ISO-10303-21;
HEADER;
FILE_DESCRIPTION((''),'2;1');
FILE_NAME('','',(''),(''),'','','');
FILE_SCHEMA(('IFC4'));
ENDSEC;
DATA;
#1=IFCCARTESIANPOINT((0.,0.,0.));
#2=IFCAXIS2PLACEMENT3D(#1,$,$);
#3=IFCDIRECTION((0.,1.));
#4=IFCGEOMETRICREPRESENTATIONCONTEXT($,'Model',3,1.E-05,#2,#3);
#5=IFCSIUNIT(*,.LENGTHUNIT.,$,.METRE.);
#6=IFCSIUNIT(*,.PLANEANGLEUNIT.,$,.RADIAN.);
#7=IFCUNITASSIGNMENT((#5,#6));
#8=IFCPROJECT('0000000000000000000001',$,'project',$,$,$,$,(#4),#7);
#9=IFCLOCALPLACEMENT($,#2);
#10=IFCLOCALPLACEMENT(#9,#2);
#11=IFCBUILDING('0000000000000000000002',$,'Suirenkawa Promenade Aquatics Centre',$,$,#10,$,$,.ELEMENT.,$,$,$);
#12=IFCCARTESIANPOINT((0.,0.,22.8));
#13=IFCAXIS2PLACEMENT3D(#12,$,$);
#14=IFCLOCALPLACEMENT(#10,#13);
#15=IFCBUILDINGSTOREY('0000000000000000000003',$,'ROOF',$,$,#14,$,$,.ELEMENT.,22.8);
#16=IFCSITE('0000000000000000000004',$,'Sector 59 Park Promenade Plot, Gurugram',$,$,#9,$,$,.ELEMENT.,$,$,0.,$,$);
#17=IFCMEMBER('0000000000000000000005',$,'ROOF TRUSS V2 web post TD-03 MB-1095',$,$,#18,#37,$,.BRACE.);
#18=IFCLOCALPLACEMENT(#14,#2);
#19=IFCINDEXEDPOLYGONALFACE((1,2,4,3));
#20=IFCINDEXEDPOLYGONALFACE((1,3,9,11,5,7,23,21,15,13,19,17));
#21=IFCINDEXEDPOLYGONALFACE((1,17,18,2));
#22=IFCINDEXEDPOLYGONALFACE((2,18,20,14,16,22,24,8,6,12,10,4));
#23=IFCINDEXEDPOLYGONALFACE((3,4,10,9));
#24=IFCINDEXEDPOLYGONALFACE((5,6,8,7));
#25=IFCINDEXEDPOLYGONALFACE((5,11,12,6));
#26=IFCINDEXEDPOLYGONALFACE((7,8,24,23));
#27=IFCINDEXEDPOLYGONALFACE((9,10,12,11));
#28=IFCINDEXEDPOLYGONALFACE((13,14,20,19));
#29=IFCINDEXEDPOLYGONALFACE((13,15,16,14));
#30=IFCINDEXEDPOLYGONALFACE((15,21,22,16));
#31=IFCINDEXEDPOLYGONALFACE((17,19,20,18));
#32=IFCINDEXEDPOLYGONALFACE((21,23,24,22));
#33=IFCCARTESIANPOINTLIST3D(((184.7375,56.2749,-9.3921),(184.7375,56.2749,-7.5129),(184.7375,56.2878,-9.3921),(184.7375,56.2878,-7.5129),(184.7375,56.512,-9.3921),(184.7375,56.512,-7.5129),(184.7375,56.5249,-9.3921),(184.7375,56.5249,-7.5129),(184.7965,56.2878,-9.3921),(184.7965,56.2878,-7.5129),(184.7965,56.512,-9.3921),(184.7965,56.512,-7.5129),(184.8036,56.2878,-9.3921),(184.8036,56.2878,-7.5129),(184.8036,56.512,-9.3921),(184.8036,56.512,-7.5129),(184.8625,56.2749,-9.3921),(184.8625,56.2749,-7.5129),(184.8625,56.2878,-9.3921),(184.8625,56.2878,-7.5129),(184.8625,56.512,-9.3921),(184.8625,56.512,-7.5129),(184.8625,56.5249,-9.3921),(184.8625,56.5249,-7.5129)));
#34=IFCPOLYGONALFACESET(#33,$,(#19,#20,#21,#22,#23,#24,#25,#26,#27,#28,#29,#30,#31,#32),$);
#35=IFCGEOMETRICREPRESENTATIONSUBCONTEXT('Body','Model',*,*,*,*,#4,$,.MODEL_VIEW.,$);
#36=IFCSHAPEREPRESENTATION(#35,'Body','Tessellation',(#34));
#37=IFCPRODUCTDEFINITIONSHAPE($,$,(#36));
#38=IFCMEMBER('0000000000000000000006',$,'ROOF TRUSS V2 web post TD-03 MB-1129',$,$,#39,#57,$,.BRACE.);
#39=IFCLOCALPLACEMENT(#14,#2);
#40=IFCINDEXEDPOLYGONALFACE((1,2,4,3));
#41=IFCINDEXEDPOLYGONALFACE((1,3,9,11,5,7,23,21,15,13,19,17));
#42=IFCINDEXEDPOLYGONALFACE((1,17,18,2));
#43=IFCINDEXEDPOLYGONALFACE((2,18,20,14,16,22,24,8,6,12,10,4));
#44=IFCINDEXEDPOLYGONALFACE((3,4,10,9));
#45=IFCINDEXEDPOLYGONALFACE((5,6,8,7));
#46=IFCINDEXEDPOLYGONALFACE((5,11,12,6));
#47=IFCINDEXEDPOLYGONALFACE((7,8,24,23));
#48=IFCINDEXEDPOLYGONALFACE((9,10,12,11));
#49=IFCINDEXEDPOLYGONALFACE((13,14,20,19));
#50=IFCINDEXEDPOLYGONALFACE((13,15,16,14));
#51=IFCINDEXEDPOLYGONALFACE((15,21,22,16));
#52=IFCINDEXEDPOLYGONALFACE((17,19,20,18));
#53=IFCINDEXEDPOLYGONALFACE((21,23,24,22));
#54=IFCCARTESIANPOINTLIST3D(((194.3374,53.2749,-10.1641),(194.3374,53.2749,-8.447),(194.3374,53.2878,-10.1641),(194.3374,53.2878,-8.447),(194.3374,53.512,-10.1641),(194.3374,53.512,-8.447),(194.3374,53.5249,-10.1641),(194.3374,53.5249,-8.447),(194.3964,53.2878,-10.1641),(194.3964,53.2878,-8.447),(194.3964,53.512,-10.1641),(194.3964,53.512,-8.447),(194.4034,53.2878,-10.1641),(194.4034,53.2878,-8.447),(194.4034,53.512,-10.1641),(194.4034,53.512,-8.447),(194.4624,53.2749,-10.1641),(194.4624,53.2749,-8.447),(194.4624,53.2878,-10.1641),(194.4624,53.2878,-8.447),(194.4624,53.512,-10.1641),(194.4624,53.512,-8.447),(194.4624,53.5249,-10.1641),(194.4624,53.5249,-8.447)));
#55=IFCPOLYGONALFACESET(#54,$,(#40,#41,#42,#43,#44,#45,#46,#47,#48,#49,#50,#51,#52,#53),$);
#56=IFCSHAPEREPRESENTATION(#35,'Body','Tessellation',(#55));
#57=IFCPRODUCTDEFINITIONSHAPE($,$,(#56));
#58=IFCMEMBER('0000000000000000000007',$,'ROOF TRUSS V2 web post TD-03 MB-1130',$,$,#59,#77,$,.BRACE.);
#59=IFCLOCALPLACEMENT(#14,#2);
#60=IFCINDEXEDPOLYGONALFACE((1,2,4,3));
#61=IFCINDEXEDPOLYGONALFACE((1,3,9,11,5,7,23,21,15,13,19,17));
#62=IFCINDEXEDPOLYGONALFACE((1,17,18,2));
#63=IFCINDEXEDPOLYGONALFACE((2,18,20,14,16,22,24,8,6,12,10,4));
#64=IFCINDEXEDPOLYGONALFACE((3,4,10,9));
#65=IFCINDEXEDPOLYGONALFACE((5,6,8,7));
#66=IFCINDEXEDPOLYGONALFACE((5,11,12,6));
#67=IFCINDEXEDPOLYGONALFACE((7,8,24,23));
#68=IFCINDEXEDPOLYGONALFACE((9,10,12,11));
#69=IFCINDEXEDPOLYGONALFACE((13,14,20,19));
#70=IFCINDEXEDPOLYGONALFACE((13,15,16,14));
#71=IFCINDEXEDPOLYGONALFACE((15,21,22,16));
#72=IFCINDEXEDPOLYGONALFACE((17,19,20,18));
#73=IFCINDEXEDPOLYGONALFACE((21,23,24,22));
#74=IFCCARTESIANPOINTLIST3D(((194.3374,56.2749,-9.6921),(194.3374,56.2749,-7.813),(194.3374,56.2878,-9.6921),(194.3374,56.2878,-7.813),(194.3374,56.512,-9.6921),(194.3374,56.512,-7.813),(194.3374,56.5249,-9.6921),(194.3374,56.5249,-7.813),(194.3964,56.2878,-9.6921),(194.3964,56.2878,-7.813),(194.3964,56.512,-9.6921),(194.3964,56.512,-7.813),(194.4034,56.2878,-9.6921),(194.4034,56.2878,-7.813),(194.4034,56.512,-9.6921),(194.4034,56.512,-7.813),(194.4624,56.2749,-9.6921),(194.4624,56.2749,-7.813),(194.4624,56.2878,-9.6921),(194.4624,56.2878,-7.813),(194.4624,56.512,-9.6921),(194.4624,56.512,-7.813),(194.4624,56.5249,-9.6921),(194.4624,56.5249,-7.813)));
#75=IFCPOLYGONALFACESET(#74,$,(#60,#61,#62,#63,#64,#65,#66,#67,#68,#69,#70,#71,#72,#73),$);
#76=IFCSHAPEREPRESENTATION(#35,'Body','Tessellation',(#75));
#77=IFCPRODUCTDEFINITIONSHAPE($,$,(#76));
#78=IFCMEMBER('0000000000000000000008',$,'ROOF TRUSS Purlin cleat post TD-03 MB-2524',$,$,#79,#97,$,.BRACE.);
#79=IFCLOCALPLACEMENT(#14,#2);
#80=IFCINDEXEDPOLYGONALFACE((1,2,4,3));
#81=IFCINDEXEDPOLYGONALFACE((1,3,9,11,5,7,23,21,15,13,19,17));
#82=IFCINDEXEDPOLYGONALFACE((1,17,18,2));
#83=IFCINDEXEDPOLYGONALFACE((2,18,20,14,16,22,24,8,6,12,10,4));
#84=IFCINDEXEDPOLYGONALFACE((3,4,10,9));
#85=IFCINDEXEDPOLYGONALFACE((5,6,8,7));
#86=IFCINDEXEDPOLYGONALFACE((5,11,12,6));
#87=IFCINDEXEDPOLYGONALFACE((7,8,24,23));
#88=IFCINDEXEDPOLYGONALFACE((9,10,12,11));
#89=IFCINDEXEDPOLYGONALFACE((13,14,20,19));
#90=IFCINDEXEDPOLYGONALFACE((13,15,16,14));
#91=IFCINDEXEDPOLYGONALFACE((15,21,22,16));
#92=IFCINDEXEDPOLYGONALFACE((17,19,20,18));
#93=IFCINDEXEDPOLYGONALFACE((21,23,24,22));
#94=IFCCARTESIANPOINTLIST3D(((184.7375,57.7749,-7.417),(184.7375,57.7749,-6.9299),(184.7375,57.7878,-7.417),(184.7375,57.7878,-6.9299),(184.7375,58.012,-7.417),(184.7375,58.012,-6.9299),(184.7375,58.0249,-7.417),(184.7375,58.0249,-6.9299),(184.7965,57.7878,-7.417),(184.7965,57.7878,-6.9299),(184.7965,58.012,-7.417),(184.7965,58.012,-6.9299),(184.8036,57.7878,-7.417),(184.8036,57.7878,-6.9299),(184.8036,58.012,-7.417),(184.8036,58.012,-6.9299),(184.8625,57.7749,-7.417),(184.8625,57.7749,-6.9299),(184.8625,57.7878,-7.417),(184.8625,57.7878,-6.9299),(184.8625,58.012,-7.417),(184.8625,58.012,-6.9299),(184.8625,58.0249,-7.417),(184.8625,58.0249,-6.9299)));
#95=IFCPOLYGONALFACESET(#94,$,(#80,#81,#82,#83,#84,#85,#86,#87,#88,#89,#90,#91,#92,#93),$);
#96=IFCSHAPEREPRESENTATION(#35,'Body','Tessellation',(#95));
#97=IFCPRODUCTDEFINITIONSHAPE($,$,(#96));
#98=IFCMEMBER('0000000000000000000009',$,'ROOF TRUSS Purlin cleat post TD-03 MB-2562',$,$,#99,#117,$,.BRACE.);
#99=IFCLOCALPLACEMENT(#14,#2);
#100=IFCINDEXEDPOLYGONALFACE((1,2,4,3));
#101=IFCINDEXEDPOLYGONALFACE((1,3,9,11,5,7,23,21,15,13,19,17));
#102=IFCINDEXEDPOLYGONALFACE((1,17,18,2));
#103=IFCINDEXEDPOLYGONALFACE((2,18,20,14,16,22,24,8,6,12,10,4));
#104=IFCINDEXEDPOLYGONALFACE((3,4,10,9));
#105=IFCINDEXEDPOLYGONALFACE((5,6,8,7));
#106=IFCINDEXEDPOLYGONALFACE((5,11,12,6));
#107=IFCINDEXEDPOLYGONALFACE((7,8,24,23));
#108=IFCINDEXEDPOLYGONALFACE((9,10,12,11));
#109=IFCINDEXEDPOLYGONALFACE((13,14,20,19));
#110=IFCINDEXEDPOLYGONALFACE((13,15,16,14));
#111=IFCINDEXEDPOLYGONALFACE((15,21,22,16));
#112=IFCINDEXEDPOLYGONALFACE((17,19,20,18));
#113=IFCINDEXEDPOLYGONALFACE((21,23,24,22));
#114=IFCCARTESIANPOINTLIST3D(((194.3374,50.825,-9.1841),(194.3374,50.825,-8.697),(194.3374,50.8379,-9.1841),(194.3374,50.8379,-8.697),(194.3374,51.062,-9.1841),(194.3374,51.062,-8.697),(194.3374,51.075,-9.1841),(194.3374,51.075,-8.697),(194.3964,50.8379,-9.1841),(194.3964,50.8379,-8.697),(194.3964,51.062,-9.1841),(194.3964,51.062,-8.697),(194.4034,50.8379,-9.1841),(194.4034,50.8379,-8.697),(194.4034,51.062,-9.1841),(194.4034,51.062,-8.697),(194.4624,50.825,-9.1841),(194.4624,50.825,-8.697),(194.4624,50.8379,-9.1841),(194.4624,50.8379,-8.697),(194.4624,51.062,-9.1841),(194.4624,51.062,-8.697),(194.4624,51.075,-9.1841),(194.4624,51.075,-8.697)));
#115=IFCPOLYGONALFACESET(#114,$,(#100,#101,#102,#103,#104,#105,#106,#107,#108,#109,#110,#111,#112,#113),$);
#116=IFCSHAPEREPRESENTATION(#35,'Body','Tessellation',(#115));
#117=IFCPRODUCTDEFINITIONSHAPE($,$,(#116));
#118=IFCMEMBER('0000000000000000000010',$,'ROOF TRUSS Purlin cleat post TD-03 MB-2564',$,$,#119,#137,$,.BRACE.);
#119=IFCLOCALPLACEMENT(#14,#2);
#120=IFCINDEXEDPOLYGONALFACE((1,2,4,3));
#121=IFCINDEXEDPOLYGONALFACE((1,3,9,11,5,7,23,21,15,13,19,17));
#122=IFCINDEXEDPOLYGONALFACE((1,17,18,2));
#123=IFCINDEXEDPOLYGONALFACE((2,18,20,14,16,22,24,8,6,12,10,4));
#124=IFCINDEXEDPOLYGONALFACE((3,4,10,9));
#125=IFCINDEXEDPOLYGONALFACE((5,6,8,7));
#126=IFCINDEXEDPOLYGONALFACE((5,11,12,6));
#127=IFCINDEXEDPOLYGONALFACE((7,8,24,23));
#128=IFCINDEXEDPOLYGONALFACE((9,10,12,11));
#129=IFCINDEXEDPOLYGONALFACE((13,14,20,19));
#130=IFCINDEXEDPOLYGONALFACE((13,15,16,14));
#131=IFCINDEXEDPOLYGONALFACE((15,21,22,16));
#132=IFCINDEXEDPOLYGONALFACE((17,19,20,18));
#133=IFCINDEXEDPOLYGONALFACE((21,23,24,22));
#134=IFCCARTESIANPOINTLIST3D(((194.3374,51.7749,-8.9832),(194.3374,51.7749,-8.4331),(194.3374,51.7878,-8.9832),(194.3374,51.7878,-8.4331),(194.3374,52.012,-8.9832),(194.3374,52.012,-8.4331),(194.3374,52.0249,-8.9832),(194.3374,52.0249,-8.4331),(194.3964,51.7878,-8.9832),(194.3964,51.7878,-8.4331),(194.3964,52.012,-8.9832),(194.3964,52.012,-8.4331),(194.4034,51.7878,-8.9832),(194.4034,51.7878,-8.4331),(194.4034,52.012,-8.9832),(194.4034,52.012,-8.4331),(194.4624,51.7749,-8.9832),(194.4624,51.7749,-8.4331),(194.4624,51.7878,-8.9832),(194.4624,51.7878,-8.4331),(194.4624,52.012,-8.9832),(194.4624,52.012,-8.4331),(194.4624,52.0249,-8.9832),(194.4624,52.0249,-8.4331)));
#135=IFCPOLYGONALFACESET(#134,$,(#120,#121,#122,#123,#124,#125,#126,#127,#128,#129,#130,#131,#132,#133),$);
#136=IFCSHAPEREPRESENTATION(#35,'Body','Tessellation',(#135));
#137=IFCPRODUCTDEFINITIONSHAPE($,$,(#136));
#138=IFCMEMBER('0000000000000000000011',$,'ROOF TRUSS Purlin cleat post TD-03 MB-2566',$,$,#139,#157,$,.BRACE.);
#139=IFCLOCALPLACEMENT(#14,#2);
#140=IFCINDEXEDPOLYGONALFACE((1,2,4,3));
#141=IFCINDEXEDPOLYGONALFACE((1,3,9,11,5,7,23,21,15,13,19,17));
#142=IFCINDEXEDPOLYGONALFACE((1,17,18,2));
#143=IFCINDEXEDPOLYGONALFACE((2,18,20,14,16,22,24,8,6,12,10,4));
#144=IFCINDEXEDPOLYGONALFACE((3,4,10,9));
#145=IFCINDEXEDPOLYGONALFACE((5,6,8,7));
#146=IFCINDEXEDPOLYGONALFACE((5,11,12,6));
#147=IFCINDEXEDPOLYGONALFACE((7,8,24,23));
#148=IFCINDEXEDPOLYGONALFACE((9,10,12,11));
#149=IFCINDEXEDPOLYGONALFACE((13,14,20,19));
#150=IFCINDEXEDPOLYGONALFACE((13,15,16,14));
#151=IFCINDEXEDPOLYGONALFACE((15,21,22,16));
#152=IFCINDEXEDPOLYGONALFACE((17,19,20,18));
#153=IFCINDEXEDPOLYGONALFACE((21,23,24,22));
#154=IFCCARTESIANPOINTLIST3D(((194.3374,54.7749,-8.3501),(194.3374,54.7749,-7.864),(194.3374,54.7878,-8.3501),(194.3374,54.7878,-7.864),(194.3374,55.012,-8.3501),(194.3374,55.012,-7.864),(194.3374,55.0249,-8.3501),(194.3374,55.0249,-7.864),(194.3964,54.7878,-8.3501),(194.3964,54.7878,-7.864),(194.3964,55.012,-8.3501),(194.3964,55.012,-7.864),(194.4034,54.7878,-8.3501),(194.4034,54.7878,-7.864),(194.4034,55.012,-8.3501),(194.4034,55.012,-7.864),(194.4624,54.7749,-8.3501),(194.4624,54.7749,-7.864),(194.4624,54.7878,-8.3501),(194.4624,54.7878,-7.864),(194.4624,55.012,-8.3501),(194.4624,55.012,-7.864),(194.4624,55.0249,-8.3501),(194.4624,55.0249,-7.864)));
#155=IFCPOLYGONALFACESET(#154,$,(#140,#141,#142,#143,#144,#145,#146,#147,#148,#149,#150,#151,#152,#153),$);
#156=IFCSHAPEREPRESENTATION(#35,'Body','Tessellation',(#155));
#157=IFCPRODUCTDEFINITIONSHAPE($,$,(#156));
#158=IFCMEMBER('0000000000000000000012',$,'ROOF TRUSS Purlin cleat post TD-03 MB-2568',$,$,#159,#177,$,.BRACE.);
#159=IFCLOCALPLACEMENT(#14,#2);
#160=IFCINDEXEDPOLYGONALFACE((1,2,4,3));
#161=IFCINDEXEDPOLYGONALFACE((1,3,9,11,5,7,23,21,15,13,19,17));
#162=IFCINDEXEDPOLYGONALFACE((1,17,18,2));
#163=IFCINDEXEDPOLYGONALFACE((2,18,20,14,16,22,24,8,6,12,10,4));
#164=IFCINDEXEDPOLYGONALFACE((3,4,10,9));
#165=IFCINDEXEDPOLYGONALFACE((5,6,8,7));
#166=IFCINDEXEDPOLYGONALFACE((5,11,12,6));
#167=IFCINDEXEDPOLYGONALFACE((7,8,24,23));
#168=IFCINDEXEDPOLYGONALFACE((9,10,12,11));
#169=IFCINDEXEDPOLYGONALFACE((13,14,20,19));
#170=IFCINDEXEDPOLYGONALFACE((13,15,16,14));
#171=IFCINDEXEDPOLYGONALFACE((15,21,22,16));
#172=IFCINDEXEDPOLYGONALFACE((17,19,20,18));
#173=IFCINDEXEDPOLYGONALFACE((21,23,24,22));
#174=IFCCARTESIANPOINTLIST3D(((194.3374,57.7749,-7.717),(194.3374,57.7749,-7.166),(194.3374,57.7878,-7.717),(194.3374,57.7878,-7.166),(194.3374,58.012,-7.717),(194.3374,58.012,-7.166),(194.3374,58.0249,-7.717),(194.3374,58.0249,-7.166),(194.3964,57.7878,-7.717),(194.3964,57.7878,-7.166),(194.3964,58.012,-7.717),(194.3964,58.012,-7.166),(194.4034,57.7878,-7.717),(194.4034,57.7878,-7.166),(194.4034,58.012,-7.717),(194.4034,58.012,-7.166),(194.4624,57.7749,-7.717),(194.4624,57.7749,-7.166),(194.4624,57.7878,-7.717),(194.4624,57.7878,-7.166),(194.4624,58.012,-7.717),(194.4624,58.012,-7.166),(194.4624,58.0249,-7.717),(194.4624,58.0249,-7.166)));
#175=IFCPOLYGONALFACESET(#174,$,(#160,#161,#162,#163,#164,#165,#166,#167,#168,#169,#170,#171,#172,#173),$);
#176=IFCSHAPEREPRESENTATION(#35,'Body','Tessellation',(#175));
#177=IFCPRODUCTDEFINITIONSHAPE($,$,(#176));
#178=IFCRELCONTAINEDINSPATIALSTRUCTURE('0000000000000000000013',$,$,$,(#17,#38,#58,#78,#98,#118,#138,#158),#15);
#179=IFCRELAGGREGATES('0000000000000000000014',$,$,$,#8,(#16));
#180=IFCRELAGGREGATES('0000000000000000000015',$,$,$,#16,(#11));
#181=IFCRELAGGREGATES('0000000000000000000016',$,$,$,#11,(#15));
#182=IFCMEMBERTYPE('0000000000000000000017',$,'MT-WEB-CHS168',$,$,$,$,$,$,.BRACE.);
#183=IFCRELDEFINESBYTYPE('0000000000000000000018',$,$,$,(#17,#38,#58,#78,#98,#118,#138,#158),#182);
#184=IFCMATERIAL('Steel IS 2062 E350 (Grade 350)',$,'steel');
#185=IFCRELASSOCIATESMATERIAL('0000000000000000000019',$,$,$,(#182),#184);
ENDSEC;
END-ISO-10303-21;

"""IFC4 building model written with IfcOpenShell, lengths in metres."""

from ifc_helpers import new_model, si_unit, direction, frame, origin, origin_2d, place, context, subcontext, project, spatial, i_section, extrude, material, material_profile, profile_set, type_object, element, save


model = new_model("IFC4")

# Units and contexts
model_context = context("Model", 3, precision=1e-05, world=origin(), true_north=direction((0.0, 1.0)))
body_context = subcontext(model_context, "Body", "Model", "MODEL_VIEW")
ifc_project = project(units=[si_unit("LENGTHUNIT", "METRE"), si_unit("PLANEANGLEUNIT", "RADIAN")], contexts=[model_context])

# Site, building, storey
site_placement = place(None, origin())
site = spatial("IfcSite", under=ifc_project, at=site_placement, Name="Sector 59 Park Promenade Plot, Gurugram", CompositionType="ELEMENT", RefElevation=0.0)
building_placement = place(site_placement, origin())
building = spatial("IfcBuilding", under=site, at=building_placement, Name="Suirenkawa Promenade Aquatics Centre", CompositionType="ELEMENT")
storey_placement = place(building_placement, frame((0.0, 0.0, 22.8)))
storey = spatial("IfcBuildingStorey", under=building, at=storey_placement, Name="ROOF", CompositionType="ELEMENT", Elevation=22.8)

# Shared definitions
ifc_material = material(Name="Steel IS 2062 E350 (Grade 350)", Category="steel")

# Members
ifc_material_profile_1 = material_profile(ifc_material, i_section(OverallWidth=0.125, OverallDepth=0.25, WebThickness=0.0071, FlangeThickness=0.0129, at=origin_2d()), Name="ISMB 250", Category="steel")
ifc_profile_set_1 = profile_set([ifc_material_profile_1], Name="Steel IS 2062 E350 (Grade 350)")
member_type_1 = type_object("IfcMemberType", Name="MT-WEB-CHS168", PredefinedType="BRACE", material=ifc_profile_set_1)
member_1_placement = place(storey_placement, frame((184.8, 56.3999, -9.3921), z_axis=(0.0, 0.0, 1.0), x_axis=(1.0, 0.0, 0.0)))
element("IfcMember", 1, at=member_1_placement, inside=storey, type_object=member_type_1, Name="ROOF TRUSS V2 web post TD-03 MB-1095", PredefinedType="BRACE", context=body_context, shape_type="SweptSolid", body=[
    extrude(i_section(OverallWidth=0.125, OverallDepth=0.25, WebThickness=0.0071, FlangeThickness=0.0129, at=origin_2d()), origin(), (0.0, 0.0, 1.0), 1.8792),
])
member_2_placement = place(storey_placement, frame((194.3999, 53.3999, -10.1641), z_axis=(0.0, 0.0, 1.0), x_axis=(1.0, 0.0, 0.0)))
element("IfcMember", 2, at=member_2_placement, inside=storey, type_object=member_type_1, Name="ROOF TRUSS V2 web post TD-03 MB-1129", PredefinedType="BRACE", context=body_context, shape_type="SweptSolid", body=[
    extrude(i_section(OverallWidth=0.125, OverallDepth=0.25, WebThickness=0.0071, FlangeThickness=0.0129, at=origin_2d()), origin(), (0.0, 0.0, 1.0), 1.717),
])
member_3_placement = place(storey_placement, frame((194.3999, 56.3999, -9.6921), z_axis=(0.0, 0.0, 1.0), x_axis=(1.0, 0.0, 0.0)))
element("IfcMember", 3, at=member_3_placement, inside=storey, type_object=member_type_1, Name="ROOF TRUSS V2 web post TD-03 MB-1130", PredefinedType="BRACE", context=body_context, shape_type="SweptSolid", body=[
    extrude(i_section(OverallWidth=0.125, OverallDepth=0.25, WebThickness=0.0071, FlangeThickness=0.0129, at=origin_2d()), origin(), (0.0, 0.0, 1.0), 1.8792),
])
for number, where, z_axis, x_axis, name in (
    (4, (184.8, 57.8999, -7.417), (0.0, 0.0, 1.0), (1.0, 0.0, 0.0), "ROOF TRUSS Purlin cleat post TD-03 MB-2524"),
    (5, (194.3999, 50.95, -9.1841), (0.0, 0.0, 1.0), (1.0, 0.0, 0.0), "ROOF TRUSS Purlin cleat post TD-03 MB-2562"),
):
    element("IfcMember", number, at=place(storey_placement, frame(where, z_axis=z_axis, x_axis=x_axis)), inside=storey, type_object=member_type_1, Name=name, PredefinedType="BRACE", context=body_context, shape_type="SweptSolid", body=[
        extrude(i_section(OverallWidth=0.125, OverallDepth=0.25, WebThickness=0.0071, FlangeThickness=0.0129, at=origin_2d()), origin(), (0.0, 0.0, 1.0), 0.4871),
    ])
member_4_placement = place(storey_placement, frame((194.3999, 51.8999, -8.9832), z_axis=(0.0, 0.0, 1.0), x_axis=(1.0, 0.0, 0.0)))
element("IfcMember", 6, at=member_4_placement, inside=storey, type_object=member_type_1, Name="ROOF TRUSS Purlin cleat post TD-03 MB-2564", PredefinedType="BRACE", context=body_context, shape_type="SweptSolid", body=[
    extrude(i_section(OverallWidth=0.125, OverallDepth=0.25, WebThickness=0.0071, FlangeThickness=0.0129, at=origin_2d()), origin(), (0.0, 0.0, 1.0), 0.55),
])
member_5_placement = place(storey_placement, frame((194.3999, 54.8999, -8.3501), z_axis=(0.0, 0.0, 1.0), x_axis=(1.0, 0.0, 0.0)))
element("IfcMember", 7, at=member_5_placement, inside=storey, type_object=member_type_1, Name="ROOF TRUSS Purlin cleat post TD-03 MB-2566", PredefinedType="BRACE", context=body_context, shape_type="SweptSolid", body=[
    extrude(i_section(OverallWidth=0.125, OverallDepth=0.25, WebThickness=0.0071, FlangeThickness=0.0129, at=origin_2d()), origin(), (0.0, 0.0, 1.0), 0.4861),
])
member_6_placement = place(storey_placement, frame((194.3999, 57.8999, -7.717), z_axis=(0.0, 0.0, 1.0), x_axis=(1.0, 0.0, 0.0)))
element("IfcMember", 8, at=member_6_placement, inside=storey, type_object=member_type_1, Name="ROOF TRUSS Purlin cleat post TD-03 MB-2568", PredefinedType="BRACE", context=body_context, shape_type="SweptSolid", body=[
    extrude(i_section(OverallWidth=0.125, OverallDepth=0.25, WebThickness=0.0071, FlangeThickness=0.0129, at=origin_2d()), origin(), (0.0, 0.0, 1.0), 0.551),
])

save(model, "model.ifc")
